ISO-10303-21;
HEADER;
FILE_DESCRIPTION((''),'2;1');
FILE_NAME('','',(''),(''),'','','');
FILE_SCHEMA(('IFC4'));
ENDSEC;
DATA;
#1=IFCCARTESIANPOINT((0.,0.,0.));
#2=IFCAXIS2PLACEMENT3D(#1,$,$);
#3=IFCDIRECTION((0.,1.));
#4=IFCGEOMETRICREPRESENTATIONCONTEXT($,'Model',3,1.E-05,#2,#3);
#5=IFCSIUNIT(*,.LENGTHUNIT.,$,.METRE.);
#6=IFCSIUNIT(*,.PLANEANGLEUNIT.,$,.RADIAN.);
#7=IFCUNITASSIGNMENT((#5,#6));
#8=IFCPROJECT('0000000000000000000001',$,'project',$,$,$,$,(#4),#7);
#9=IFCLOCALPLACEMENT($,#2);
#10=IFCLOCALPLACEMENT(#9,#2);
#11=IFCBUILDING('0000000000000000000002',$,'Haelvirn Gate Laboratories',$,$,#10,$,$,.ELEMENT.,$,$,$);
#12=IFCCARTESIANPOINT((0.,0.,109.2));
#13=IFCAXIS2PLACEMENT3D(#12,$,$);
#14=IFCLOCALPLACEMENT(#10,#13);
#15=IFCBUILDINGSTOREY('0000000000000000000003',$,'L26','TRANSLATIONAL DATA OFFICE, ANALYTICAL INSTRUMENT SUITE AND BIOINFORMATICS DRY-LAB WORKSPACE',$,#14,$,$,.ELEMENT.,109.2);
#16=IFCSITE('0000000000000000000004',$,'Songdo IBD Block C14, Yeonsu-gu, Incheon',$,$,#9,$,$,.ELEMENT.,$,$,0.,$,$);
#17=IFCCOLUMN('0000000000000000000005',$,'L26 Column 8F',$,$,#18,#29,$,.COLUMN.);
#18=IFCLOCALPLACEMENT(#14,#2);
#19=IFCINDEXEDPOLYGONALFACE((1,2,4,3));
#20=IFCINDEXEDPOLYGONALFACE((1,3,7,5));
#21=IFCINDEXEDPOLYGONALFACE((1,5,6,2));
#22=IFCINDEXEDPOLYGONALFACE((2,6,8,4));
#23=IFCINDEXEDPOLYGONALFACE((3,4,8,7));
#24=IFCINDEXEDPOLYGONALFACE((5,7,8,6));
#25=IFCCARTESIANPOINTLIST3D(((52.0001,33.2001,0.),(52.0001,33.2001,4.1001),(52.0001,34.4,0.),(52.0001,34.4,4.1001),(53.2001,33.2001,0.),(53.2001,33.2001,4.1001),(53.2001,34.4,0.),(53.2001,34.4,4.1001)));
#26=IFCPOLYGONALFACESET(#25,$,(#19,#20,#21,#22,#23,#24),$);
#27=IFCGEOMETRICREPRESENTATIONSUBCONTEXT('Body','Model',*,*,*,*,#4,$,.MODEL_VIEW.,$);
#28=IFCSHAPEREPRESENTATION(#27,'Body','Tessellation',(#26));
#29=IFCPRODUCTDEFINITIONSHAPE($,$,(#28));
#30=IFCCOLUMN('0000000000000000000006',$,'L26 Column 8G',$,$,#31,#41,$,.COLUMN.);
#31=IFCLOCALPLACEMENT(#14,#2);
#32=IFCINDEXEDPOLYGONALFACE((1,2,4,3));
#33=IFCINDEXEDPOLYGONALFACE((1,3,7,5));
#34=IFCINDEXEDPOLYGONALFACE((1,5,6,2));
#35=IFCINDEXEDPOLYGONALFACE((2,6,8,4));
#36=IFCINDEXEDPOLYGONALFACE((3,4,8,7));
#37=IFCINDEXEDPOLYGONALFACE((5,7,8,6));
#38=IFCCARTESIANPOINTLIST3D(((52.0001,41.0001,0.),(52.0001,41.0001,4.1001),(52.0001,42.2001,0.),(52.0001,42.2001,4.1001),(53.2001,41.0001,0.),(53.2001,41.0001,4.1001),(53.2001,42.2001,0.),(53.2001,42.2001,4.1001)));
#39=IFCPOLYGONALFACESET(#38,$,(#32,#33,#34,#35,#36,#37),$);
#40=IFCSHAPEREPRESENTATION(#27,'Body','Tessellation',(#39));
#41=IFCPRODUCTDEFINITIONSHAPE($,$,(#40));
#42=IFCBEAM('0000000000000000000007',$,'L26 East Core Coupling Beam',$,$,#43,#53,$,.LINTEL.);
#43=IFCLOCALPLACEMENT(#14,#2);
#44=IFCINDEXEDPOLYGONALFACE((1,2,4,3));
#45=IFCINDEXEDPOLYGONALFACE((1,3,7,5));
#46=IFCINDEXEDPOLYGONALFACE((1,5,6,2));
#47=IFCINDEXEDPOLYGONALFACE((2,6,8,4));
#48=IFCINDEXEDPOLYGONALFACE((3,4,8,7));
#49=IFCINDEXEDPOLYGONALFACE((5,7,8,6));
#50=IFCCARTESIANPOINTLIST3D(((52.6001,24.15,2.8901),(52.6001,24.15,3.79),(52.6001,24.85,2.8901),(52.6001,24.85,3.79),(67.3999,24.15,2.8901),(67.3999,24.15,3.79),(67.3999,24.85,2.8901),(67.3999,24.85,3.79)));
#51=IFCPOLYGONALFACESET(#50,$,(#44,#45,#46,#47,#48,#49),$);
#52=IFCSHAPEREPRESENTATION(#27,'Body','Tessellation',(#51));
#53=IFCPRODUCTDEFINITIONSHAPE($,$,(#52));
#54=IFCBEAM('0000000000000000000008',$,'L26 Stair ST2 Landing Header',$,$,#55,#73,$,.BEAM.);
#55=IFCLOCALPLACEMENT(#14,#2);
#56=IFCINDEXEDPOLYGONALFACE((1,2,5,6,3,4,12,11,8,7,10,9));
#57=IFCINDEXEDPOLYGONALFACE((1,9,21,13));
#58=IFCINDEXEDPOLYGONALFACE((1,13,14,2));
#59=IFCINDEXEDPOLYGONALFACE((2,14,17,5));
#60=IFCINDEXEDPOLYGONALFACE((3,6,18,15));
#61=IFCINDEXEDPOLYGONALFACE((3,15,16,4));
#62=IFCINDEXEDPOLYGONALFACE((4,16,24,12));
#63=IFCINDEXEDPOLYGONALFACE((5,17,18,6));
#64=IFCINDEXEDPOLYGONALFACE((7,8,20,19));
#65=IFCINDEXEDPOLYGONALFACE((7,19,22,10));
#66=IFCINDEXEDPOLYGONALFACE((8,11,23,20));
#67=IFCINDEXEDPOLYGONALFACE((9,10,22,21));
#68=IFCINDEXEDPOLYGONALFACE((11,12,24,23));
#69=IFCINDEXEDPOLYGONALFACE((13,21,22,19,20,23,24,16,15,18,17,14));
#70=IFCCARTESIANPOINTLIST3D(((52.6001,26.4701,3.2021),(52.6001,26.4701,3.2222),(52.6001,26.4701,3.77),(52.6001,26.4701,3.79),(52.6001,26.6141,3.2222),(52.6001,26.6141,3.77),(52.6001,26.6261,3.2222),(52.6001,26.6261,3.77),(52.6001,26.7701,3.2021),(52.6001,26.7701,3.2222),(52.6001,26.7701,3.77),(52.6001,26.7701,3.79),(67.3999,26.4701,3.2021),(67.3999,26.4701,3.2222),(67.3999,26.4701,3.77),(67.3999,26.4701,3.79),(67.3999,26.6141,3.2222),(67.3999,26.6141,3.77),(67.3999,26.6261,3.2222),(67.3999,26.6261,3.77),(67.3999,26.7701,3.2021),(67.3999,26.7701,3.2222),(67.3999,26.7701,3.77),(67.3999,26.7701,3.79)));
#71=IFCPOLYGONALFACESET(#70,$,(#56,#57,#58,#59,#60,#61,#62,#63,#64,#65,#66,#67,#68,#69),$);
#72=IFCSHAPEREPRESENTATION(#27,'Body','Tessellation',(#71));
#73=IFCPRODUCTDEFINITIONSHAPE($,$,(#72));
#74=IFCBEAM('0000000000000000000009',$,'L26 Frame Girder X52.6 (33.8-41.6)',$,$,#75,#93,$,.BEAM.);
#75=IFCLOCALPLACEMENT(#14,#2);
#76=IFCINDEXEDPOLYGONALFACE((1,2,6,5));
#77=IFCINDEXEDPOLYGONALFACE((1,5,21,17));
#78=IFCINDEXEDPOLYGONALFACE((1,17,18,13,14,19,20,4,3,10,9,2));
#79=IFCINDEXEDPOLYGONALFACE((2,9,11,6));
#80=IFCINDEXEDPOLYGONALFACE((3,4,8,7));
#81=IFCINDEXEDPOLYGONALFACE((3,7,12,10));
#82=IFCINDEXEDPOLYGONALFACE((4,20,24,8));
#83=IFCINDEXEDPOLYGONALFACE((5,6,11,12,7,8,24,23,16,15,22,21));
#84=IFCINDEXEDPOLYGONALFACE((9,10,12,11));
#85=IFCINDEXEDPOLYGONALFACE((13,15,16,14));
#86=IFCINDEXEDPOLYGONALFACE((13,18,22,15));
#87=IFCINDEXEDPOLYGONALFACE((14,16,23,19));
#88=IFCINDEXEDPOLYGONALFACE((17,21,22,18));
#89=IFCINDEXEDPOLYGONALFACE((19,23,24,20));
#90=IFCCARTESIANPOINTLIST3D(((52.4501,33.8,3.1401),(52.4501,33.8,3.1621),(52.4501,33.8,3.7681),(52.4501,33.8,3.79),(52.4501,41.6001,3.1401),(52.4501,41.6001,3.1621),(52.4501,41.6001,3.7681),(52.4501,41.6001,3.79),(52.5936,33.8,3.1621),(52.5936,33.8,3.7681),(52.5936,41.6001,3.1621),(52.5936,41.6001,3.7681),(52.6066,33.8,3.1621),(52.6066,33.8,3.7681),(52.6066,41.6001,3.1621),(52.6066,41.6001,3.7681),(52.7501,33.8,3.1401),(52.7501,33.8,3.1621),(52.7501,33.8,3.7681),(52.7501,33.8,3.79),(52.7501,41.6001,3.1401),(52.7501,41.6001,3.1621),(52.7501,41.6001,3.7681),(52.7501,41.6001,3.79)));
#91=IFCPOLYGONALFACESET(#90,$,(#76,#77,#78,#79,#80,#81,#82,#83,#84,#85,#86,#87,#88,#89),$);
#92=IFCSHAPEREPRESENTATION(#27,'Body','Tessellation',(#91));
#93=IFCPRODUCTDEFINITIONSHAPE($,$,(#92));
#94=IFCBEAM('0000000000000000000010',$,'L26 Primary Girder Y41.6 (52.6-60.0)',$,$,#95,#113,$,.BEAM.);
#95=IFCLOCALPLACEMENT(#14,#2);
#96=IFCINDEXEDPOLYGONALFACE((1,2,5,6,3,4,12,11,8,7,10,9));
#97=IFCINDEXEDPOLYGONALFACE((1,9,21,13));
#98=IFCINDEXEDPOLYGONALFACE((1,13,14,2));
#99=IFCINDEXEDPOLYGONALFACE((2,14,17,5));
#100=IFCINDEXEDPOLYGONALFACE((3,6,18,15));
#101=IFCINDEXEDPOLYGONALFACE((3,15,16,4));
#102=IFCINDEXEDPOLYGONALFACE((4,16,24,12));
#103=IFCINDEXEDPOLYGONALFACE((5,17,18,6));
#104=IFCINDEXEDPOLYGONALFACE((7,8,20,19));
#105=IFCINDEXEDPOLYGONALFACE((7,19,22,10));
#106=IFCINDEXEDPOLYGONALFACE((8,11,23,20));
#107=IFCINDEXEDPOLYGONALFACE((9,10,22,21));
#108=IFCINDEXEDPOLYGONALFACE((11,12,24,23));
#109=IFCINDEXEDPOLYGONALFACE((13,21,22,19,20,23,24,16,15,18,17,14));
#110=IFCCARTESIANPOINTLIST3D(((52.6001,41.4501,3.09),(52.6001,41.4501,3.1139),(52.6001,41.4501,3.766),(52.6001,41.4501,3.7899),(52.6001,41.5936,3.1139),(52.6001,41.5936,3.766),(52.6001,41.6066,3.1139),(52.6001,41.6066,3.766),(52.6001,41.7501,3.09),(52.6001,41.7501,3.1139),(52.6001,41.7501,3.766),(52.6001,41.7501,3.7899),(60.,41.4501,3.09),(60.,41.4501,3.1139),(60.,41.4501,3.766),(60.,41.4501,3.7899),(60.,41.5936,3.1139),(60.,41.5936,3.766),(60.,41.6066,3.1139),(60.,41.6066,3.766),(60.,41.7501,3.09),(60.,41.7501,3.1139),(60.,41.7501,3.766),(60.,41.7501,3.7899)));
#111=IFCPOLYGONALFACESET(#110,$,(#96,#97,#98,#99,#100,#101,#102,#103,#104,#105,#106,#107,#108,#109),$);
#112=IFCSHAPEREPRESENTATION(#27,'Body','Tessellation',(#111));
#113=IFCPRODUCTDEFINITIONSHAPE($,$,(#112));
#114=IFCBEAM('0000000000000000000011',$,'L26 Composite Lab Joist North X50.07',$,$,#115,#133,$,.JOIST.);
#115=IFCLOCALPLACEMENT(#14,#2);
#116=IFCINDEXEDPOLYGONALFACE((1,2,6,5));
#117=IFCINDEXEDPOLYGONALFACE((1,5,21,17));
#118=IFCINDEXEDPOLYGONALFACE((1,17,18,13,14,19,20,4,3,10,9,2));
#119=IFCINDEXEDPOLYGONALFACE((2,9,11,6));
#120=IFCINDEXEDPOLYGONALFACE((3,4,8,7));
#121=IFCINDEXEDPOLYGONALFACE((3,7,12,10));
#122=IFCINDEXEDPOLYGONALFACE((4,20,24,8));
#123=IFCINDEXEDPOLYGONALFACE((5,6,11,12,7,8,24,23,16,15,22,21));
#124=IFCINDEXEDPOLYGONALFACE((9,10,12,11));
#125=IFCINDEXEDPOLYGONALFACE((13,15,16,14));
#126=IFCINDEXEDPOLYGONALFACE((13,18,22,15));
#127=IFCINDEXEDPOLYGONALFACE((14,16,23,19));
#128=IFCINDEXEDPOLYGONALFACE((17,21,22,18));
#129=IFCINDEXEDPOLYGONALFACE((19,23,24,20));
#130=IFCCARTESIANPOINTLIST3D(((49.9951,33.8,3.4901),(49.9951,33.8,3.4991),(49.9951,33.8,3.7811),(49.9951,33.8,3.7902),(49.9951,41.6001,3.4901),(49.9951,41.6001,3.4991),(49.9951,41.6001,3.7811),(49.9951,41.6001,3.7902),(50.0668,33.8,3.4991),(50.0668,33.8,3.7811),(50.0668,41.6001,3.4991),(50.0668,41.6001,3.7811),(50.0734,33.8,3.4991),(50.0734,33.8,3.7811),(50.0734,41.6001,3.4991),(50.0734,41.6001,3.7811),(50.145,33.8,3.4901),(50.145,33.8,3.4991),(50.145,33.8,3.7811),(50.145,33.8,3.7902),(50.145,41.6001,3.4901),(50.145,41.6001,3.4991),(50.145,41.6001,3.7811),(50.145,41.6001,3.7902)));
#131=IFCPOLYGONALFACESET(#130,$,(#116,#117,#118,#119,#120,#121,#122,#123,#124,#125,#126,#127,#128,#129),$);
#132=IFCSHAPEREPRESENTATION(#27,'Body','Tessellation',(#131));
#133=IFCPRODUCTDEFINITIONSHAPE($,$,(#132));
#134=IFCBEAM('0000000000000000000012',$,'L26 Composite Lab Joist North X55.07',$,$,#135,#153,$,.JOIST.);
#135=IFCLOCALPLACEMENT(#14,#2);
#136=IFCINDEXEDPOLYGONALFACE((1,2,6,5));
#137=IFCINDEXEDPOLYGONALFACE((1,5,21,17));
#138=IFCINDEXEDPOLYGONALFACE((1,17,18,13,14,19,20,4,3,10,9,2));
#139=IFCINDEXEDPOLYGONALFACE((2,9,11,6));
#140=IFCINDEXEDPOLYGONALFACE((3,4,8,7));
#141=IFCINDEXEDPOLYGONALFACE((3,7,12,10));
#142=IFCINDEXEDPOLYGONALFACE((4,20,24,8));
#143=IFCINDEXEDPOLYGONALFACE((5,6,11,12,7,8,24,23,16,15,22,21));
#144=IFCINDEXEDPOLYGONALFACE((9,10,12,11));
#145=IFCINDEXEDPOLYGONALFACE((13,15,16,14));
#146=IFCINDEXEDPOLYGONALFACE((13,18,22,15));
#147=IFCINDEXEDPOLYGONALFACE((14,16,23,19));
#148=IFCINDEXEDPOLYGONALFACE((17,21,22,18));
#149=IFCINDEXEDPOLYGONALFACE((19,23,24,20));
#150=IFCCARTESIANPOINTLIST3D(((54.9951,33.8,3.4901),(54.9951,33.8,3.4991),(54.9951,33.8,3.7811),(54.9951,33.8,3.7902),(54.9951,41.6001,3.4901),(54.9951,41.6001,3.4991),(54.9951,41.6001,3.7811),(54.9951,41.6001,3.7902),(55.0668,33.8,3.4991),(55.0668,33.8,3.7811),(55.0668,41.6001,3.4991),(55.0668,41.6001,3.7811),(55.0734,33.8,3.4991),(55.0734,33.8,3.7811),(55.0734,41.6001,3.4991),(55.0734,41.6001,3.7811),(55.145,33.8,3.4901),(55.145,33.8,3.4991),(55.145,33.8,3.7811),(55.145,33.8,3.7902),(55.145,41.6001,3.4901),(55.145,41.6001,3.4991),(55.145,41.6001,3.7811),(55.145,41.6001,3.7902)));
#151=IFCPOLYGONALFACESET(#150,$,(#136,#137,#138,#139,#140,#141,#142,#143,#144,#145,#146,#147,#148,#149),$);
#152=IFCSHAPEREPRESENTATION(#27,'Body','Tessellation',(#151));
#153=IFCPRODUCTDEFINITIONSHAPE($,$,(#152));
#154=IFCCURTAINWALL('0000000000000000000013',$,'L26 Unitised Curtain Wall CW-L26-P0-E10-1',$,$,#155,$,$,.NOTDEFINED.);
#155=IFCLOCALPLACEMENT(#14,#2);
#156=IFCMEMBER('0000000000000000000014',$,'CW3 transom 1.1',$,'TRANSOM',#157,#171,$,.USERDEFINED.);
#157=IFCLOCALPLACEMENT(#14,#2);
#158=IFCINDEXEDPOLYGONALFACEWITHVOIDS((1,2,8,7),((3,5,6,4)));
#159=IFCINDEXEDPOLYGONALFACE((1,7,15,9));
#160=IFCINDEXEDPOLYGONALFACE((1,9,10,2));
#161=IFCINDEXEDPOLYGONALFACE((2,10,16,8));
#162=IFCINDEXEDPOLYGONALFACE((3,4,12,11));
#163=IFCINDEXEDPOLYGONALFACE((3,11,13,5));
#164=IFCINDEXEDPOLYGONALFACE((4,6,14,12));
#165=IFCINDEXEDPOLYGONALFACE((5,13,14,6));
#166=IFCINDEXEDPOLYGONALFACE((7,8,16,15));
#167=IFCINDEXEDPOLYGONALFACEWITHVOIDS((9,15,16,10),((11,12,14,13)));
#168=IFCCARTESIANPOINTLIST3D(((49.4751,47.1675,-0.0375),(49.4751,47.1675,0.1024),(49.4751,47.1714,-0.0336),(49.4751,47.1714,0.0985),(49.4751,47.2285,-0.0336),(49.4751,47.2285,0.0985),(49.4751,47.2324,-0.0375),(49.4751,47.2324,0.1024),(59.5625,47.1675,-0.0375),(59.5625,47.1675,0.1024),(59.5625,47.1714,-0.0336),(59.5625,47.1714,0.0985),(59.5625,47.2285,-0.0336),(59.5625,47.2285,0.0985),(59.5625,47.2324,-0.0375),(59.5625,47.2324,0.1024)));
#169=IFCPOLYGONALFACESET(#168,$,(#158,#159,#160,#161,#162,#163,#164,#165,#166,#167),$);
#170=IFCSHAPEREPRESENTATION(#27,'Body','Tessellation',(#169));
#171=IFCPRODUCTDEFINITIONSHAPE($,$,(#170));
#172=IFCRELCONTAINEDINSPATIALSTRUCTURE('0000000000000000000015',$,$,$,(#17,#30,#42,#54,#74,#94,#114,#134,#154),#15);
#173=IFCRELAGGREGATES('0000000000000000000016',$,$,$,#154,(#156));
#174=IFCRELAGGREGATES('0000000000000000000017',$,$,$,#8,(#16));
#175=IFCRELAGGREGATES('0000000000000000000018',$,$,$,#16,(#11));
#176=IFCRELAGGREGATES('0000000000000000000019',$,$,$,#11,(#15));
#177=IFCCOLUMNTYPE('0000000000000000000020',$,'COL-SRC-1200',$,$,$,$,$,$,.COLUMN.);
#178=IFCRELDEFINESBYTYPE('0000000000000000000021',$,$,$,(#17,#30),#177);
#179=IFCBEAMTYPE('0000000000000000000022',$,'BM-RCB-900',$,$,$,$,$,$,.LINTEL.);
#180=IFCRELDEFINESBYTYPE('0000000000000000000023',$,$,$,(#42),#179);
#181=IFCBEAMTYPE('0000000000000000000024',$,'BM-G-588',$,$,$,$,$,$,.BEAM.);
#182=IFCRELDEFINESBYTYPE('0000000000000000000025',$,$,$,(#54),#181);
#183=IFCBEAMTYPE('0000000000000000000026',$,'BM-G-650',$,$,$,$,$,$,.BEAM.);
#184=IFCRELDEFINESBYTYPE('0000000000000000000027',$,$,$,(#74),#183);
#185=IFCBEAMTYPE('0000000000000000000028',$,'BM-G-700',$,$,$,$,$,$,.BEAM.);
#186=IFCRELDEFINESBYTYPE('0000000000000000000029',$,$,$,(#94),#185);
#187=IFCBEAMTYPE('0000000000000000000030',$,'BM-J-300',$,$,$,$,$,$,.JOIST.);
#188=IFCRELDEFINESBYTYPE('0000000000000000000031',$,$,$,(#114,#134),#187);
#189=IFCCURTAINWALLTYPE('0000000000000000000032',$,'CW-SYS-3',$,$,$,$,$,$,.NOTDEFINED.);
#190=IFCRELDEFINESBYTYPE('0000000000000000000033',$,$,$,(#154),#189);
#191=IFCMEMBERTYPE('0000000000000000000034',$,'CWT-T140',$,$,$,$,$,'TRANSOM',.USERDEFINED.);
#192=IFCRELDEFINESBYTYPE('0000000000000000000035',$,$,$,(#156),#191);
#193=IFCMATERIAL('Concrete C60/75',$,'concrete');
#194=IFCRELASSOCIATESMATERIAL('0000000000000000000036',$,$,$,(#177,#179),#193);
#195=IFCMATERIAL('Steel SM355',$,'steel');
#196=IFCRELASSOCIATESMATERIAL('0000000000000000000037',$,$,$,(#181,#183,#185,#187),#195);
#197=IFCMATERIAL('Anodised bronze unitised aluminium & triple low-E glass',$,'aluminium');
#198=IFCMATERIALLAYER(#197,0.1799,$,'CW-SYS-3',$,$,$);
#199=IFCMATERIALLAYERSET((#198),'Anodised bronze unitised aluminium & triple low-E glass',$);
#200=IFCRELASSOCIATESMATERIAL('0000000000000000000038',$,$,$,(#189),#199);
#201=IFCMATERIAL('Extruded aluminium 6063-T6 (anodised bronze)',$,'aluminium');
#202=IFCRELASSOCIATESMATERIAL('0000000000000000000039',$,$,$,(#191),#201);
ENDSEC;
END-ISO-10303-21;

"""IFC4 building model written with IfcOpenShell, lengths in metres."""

from ifc_helpers import new_model, si_unit, direction, frame, origin, origin_2d, place, context, subcontext, project, spatial, rectangle, hollow_rectangle, i_section, extrude, source, transform, mapped, material, layer, layer_set, material_profile, profile_set, type_object, type_shapes, element, aggregate, save


model = new_model("IFC4")

# Units and contexts
model_context = context("Model", 3, precision=1e-05, world=origin(), true_north=direction((0.0, 1.0)))
body_context = subcontext(model_context, "Body", "Model", "MODEL_VIEW")
ifc_project = project(units=[si_unit("LENGTHUNIT", "METRE"), si_unit("PLANEANGLEUNIT", "RADIAN")], contexts=[model_context])

# Site, building, storey
site_placement = place(None, origin())
site = spatial("IfcSite", under=ifc_project, at=site_placement, Name="Songdo IBD Block C14, Yeonsu-gu, Incheon", CompositionType="ELEMENT", RefElevation=0.0)
building_placement = place(site_placement, origin())
building = spatial("IfcBuilding", under=site, at=building_placement, Name="Haelvirn Gate Laboratories", CompositionType="ELEMENT")
storey_placement = place(building_placement, frame((0.0, 0.0, 109.2)))
storey = spatial("IfcBuildingStorey", under=building, at=storey_placement, Name="L26", Description="TRANSLATIONAL DATA OFFICE, ANALYTICAL INSTRUMENT SUITE AND BIOINFORMATICS DRY-LAB WORKSPACE", CompositionType="ELEMENT", Elevation=109.2)

# Columns
ifc_material_1 = material(Name="Concrete C60/75", Category="concrete")
ifc_material_profile_1 = material_profile(ifc_material_1, rectangle(XDim=1.2, YDim=1.2, at=origin_2d()), Name="SRC-1200x1200")
ifc_profile_set_1 = profile_set([ifc_material_profile_1], Name="Concrete C60/75")
column_type = type_object("IfcColumnType", Name="COL-SRC-1200", PredefinedType="COLUMN", material=ifc_profile_set_1)
shared_shape_1 = source(origin(), body_context, "Body", "SweptSolid", [
    extrude(rectangle(XDim=1.2, YDim=1.2, at=origin_2d()), origin(), (0.0, 0.0, 1.0), 4.1001),
])
type_shapes(column_type, [shared_shape_1])
for number, where, z_axis, x_axis, name in (
    (1, (52.6001, 33.8, 0.0), (0.0, 0.0, 1.0), (1.0, 0.0, 0.0), "L26 Column 8F"),
    (2, (52.6001, 41.6001, 0.0), (0.0, 0.0, 1.0), (1.0, 0.0, 0.0), "L26 Column 8G"),
):
    element("IfcColumn", number, at=place(storey_placement, frame(where, z_axis=z_axis, x_axis=x_axis)), inside=storey, type_object=column_type, Name=name, PredefinedType="COLUMN", context=body_context, shape_type="MappedRepresentation", body=[
        mapped(shared_shape_1, transform((0.0, 0.0, 0.0), scale=1.0)),
    ])

# Beams
ifc_material_profile_2 = material_profile(ifc_material_1, rectangle(XDim=0.7, YDim=0.8999, at=origin_2d()), Name="RCB-700x900")
ifc_profile_set_2 = profile_set([ifc_material_profile_2], Name="Concrete C60/75")
beam_type_1 = type_object("IfcBeamType", Name="BM-RCB-900", PredefinedType="LINTEL", material=ifc_profile_set_2)
shared_shape_2 = source(origin(), body_context, "Body", "SweptSolid", [
    extrude(rectangle(XDim=0.7, YDim=0.8999, at=origin_2d()), origin(), (0.0, 0.0, 1.0), 14.7998),
])
type_shapes(beam_type_1, [shared_shape_2])
beam_1_placement = place(storey_placement, frame((52.6001, 24.5, 3.3401), z_axis=(1.0, 0.0, 0.0), x_axis=(0.0, 1.0, 0.0)))
element("IfcBeam", 3, at=beam_1_placement, inside=storey, type_object=beam_type_1, Name="L26 East Core Coupling Beam", PredefinedType="LINTEL", context=body_context, shape_type="MappedRepresentation", body=[
    mapped(shared_shape_2, transform((0.0, 0.0, 0.0), scale=1.0)),
])
ifc_material_2 = material(Name="Steel SM355", Category="steel")
ifc_material_profile_3 = material_profile(ifc_material_2, i_section(OverallWidth=0.3, OverallDepth=0.5879, WebThickness=0.012, FlangeThickness=0.02, at=origin_2d()), Name="H-588x300x12x20")
ifc_profile_set_3 = profile_set([ifc_material_profile_3], Name="Steel SM355")
beam_type_2 = type_object("IfcBeamType", Name="BM-G-588", PredefinedType="BEAM", material=ifc_profile_set_3)
shared_shape_3 = source(origin(), body_context, "Body", "SweptSolid", [
    extrude(i_section(OverallWidth=0.3, OverallDepth=0.5879, WebThickness=0.012, FlangeThickness=0.02, at=origin_2d()), origin(), (0.0, 0.0, 1.0), 14.7998),
])
type_shapes(beam_type_2, [shared_shape_3])
beam_2_placement = place(storey_placement, frame((52.6001, 26.6201, 3.4961), z_axis=(1.0, 0.0, 0.0), x_axis=(0.0, 1.0, 0.0)))
element("IfcBeam", 4, at=beam_2_placement, inside=storey, type_object=beam_type_2, Name="L26 Stair ST2 Landing Header", PredefinedType="BEAM", context=body_context, shape_type="MappedRepresentation", body=[
    mapped(shared_shape_3, transform((0.0, 0.0, 0.0), scale=1.0)),
])
ifc_material_profile_4 = material_profile(ifc_material_2, i_section(OverallWidth=0.3, OverallDepth=0.6499, WebThickness=0.0129, FlangeThickness=0.022, at=origin_2d()), Name="H-650x300x13x22")
ifc_profile_set_4 = profile_set([ifc_material_profile_4], Name="Steel SM355")
beam_type_3 = type_object("IfcBeamType", Name="BM-G-650", PredefinedType="BEAM", material=ifc_profile_set_4)
shared_shape_4 = source(origin(), body_context, "Body", "SweptSolid", [
    extrude(i_section(OverallWidth=0.3, OverallDepth=0.6499, WebThickness=0.0129, FlangeThickness=0.022, at=origin_2d()), origin(), (0.0, 0.0, 1.0), 7.8),
])
type_shapes(beam_type_3, [shared_shape_4])
beam_3_placement = place(storey_placement, frame((52.6001, 33.8, 3.4651), z_axis=(0.0, 1.0, 0.0), x_axis=(-1.0, 0.0, 0.0)))
element("IfcBeam", 5, at=beam_3_placement, inside=storey, type_object=beam_type_3, Name="L26 Frame Girder X52.6 (33.8-41.6)", PredefinedType="BEAM", context=body_context, shape_type="MappedRepresentation", body=[
    mapped(shared_shape_4, transform((0.0, 0.0, 0.0), scale=1.0)),
])
ifc_material_profile_5 = material_profile(ifc_material_2, i_section(OverallWidth=0.3, OverallDepth=0.7, WebThickness=0.0129, FlangeThickness=0.0239, at=origin_2d()), Name="H-700x300x13x24")
ifc_profile_set_5 = profile_set([ifc_material_profile_5], Name="Steel SM355")
beam_type_4 = type_object("IfcBeamType", Name="BM-G-700", PredefinedType="BEAM", material=ifc_profile_set_5)
shared_shape_5 = source(origin(), body_context, "Body", "SweptSolid", [
    extrude(i_section(OverallWidth=0.3, OverallDepth=0.7, WebThickness=0.0129, FlangeThickness=0.0239, at=origin_2d()), origin(), (0.0, 0.0, 1.0), 7.3999),
])
type_shapes(beam_type_4, [shared_shape_5])
beam_4_placement = place(storey_placement, frame((52.6001, 41.6001, 3.4399), z_axis=(1.0, 0.0, 0.0), x_axis=(0.0, 1.0, 0.0)))
element("IfcBeam", 6, at=beam_4_placement, inside=storey, type_object=beam_type_4, Name="L26 Primary Girder Y41.6 (52.6-60.0)", PredefinedType="BEAM", context=body_context, shape_type="MappedRepresentation", body=[
    mapped(shared_shape_5, transform((0.0, 0.0, 0.0), scale=1.0)),
])
ifc_material_profile_6 = material_profile(ifc_material_2, i_section(OverallWidth=0.1499, OverallDepth=0.3, WebThickness=0.0066, FlangeThickness=0.009, at=origin_2d()), Name="H-300x150x6.5x9")
ifc_profile_set_6 = profile_set([ifc_material_profile_6], Name="Steel SM355")
beam_type_5 = type_object("IfcBeamType", Name="BM-J-300", PredefinedType="JOIST", material=ifc_profile_set_6)
shared_shape_6 = source(origin(), body_context, "Body", "SweptSolid", [
    extrude(i_section(OverallWidth=0.1499, OverallDepth=0.3, WebThickness=0.0066, FlangeThickness=0.009, at=origin_2d()), origin(), (0.0, 0.0, 1.0), 7.8),
])
type_shapes(beam_type_5, [shared_shape_6])
for number, where, z_axis, x_axis, name in (
    (7, (50.0701, 33.8, 3.6401), (0.0, 1.0, 0.0), (-1.0, 0.0, 0.0), "L26 Composite Lab Joist North X50.07"),
    (8, (55.0701, 33.8, 3.6401), (0.0, 1.0, 0.0), (-1.0, 0.0, 0.0), "L26 Composite Lab Joist North X55.07"),
):
    element("IfcBeam", number, at=place(storey_placement, frame(where, z_axis=z_axis, x_axis=x_axis)), inside=storey, type_object=beam_type_5, Name=name, PredefinedType="JOIST", context=body_context, shape_type="MappedRepresentation", body=[
        mapped(shared_shape_6, transform((0.0, 0.0, 0.0), scale=1.0)),
    ])

# Curtain wall, member
ifc_material_3 = material(Name="Anodised bronze unitised aluminium & triple low-E glass", Category="aluminium")
ifc_layer_1 = layer(ifc_material_3, 0.1799, Name="CW-SYS-3")
ifc_layer_set_1 = layer_set([ifc_layer_1], Name="Anodised bronze unitised aluminium & triple low-E glass")
curtain_wall_type = type_object("IfcCurtainWallType", Name="CW-SYS-3", PredefinedType="NOTDEFINED", material=ifc_layer_set_1)
curtain_wall_1_placement = place(storey_placement, origin())
curtain_wall_1 = element("IfcCurtainWall", 9, at=curtain_wall_1_placement, inside=storey, type_object=curtain_wall_type, Name="L26 Unitised Curtain Wall CW-L26-P0-E10-1", PredefinedType="NOTDEFINED")
ifc_material_4 = material(Name="Extruded aluminium 6063-T6 (anodised bronze)", Category="aluminium")
ifc_material_profile_7 = material_profile(ifc_material_4, hollow_rectangle(XDim=0.0649, YDim=0.1399, WallThickness=0.0039, at=origin_2d()), Name="CWT-140x65x4")
ifc_profile_set_7 = profile_set([ifc_material_profile_7], Name="Extruded aluminium 6063-T6 (anodised bronze)")
member_type_1 = type_object("IfcMemberType", Name="CWT-T140", ElementType="TRANSOM", PredefinedType="USERDEFINED", material=ifc_profile_set_7)
shared_shape_7 = source(origin(), body_context, "Body", "SweptSolid", [
    extrude(hollow_rectangle(XDim=0.0649, YDim=0.1399, WallThickness=0.0039, at=origin_2d()), origin(), (0.0, 0.0, 1.0), 10.0874),
])
type_shapes(member_type_1, [shared_shape_7])
member_1_placement = place(storey_placement, frame((49.4751, 47.2, 0.0325), z_axis=(1.0, 0.0, 0.0), x_axis=(0.0, 1.0, 0.0)))
member_1 = element("IfcMember", 10, at=member_1_placement, type_object=member_type_1, Name="CW3 transom 1.1", ObjectType="TRANSOM", PredefinedType="USERDEFINED", context=body_context, shape_type="MappedRepresentation", body=[
    mapped(shared_shape_7, transform((0.0, 0.0, 0.0), scale=1.0)),
])

aggregate(curtain_wall_1, [member_1])

save(model, "model.ifc")
